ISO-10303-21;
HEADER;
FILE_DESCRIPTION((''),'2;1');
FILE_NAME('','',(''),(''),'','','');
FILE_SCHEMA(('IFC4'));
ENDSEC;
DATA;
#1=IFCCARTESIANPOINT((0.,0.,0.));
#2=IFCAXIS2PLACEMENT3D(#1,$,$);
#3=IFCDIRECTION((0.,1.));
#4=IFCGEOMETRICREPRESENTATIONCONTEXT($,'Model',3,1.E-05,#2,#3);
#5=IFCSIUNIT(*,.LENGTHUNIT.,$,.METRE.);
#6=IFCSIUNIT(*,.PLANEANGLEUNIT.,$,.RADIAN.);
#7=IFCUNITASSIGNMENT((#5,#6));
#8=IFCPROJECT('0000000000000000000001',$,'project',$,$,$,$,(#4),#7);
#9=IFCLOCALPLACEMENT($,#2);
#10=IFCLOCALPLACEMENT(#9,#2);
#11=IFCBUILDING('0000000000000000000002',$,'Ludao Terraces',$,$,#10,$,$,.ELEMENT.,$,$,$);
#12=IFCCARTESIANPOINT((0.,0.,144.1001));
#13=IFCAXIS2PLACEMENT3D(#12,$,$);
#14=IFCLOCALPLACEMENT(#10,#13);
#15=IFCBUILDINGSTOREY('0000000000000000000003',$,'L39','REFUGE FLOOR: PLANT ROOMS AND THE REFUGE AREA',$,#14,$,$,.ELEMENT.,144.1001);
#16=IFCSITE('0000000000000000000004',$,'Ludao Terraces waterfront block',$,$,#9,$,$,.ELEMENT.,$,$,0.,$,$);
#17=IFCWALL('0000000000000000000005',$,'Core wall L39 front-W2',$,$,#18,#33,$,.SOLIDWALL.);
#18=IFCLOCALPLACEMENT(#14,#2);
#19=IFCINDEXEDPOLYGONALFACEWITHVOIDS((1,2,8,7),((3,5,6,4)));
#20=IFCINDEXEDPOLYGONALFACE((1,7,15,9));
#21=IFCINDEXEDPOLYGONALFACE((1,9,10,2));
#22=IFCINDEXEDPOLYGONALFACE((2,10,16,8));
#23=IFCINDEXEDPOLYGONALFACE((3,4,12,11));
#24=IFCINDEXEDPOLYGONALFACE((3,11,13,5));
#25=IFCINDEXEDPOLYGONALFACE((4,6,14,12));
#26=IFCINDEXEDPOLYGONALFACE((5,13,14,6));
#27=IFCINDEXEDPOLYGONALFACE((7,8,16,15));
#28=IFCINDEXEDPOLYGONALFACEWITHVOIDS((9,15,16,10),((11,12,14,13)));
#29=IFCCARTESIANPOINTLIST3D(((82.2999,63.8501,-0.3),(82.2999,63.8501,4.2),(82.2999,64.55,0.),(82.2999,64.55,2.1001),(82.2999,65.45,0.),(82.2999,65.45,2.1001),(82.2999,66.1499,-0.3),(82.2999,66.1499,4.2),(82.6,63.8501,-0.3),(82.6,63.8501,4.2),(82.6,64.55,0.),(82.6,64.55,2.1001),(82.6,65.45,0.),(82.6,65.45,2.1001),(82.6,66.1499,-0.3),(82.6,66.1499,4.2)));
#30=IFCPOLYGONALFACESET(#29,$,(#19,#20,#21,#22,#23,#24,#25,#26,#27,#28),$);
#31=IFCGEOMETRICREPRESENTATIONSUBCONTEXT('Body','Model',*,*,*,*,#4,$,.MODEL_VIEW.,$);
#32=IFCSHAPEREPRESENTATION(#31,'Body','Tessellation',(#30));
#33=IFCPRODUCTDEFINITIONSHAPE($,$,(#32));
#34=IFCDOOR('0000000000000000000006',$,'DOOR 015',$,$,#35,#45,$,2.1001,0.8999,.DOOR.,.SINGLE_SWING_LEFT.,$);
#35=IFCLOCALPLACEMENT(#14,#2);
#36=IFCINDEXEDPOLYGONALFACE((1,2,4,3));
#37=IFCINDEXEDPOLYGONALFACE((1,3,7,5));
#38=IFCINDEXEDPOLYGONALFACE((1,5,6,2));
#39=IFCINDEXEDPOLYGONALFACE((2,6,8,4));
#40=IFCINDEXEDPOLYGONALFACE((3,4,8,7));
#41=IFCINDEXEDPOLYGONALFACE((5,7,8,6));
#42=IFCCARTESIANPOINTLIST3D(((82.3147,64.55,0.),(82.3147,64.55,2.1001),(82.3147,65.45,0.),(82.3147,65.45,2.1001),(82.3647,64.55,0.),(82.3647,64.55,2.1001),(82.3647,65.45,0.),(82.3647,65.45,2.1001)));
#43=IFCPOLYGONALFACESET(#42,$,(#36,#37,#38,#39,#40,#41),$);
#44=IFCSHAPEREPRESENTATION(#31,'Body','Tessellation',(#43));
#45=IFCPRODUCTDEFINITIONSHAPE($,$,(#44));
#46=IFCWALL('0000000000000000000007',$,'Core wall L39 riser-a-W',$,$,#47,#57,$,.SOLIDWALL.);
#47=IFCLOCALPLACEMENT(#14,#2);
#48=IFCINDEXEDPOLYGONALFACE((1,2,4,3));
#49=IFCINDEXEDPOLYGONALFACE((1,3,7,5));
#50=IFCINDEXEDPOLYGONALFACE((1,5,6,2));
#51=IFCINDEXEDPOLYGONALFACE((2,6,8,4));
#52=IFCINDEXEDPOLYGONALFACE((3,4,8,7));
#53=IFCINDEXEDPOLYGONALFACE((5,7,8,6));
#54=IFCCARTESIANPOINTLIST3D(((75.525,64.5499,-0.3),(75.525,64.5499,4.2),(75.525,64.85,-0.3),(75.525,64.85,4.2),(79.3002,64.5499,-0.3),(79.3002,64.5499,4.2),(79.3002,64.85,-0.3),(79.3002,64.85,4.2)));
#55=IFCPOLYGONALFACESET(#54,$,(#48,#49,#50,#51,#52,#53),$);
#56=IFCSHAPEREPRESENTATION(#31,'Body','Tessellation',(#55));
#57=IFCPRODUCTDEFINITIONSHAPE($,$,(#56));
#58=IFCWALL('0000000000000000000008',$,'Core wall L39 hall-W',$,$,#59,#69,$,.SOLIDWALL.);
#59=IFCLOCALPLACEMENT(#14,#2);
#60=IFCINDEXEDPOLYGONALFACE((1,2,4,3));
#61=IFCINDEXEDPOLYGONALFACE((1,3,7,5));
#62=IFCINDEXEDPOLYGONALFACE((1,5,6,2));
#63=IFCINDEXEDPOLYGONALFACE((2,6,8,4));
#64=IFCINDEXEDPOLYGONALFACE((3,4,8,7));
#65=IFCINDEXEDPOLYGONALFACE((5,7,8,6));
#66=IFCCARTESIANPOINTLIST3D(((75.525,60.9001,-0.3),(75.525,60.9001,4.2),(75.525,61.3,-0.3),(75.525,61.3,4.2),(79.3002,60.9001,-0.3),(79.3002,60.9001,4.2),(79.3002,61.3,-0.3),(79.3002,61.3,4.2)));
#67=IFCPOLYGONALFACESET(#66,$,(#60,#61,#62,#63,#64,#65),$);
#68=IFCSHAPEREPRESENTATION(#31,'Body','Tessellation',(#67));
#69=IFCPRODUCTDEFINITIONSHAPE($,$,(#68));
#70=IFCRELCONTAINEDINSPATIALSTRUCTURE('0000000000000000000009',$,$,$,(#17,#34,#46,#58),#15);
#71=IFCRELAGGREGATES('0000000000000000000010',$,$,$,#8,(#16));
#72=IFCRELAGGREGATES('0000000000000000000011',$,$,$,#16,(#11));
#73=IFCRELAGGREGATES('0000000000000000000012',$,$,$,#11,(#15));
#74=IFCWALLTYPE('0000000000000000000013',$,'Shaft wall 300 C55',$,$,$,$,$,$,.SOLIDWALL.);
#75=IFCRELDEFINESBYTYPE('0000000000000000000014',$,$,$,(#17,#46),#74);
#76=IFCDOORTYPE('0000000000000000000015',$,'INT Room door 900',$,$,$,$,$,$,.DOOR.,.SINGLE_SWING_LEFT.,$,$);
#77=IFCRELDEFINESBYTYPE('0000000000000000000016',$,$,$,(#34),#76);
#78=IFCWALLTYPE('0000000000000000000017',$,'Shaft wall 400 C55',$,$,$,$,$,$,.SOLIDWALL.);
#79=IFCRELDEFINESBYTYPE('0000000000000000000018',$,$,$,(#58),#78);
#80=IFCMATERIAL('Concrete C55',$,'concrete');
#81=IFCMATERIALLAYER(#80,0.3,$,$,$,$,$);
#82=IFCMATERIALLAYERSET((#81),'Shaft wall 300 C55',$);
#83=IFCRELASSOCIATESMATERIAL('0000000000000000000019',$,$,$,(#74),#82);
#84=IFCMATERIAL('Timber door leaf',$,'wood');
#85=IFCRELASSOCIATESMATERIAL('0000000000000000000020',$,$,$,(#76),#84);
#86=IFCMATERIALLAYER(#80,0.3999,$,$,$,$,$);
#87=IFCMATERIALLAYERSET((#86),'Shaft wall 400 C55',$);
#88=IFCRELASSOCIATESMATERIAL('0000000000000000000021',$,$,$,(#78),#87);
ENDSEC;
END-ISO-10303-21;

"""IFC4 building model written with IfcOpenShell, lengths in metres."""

from ifc_helpers import new_model, si_unit, direction, frame, frame_2d, origin, place, context, subcontext, project, spatial, rectangle, extrude, material, layer, layer_set, type_object, element, fill, save


model = new_model("IFC4")

# Units and contexts
model_context = context("Model", 3, precision=1e-05, world=origin(), true_north=direction((0.0, 1.0)))
body_context = subcontext(model_context, "Body", "Model", "MODEL_VIEW")
ifc_project = project(units=[si_unit("LENGTHUNIT", "METRE"), si_unit("PLANEANGLEUNIT", "RADIAN")], contexts=[model_context])

# Site, building, storey
site_placement = place(None, origin())
site = spatial("IfcSite", under=ifc_project, at=site_placement, Name="Ludao Terraces waterfront block", CompositionType="ELEMENT", RefElevation=0.0)
building_placement = place(site_placement, origin())
building = spatial("IfcBuilding", under=site, at=building_placement, Name="Ludao Terraces", CompositionType="ELEMENT")
storey_placement = place(building_placement, frame((0.0, 0.0, 144.1001)))
storey = spatial("IfcBuildingStorey", under=building, at=storey_placement, Name="L39", Description="REFUGE FLOOR: PLANT ROOMS AND THE REFUGE AREA", CompositionType="ELEMENT", Elevation=144.1001)

# Shared definitions
ifc_material_1 = material(Name="Timber door leaf", Category="wood")

# Shared definitions
ifc_material_2 = material(Name="Concrete C55", Category="concrete")
ifc_layer_1 = layer(ifc_material_2, 0.3)
ifc_layer_set_1 = layer_set([ifc_layer_1], Name="Shaft wall 300 C55")
wall_type_1 = type_object("IfcWallType", Name="Shaft wall 300 C55", PredefinedType="SOLIDWALL", material=ifc_layer_set_1)

# Shared definitions
door_type_1 = type_object("IfcDoorType", Name="INT Room door 900", OperationType="SINGLE_SWING_LEFT", PredefinedType="DOOR", material=ifc_material_1)

# Wall, opening, door
wall_1_placement = place(storey_placement, frame((82.45, 63.8501, -0.3), z_axis=(0.0, 0.0, 1.0), x_axis=(0.0, 1.0, 0.0)))
wall_1 = element("IfcWall", 1, at=wall_1_placement, inside=storey, type_object=wall_type_1, Name="Core wall L39 front-W2", PredefinedType="SOLIDWALL", context=body_context, shape_type="SweptSolid", body=[
    extrude(rectangle(XDim=2.2998, YDim=0.3, at=frame_2d((1.1499, 0.0))), origin(), (0.0, 0.0, 1.0), 4.5),
])
opening_1_placement = place(wall_1_placement, frame((0.7, 0.0, 0.3)))
opening_1 = element("IfcOpeningElement", 2, at=opening_1_placement, cuts=wall_1, PredefinedType="OPENING", context=body_context, shape_type="SweptSolid", body=[
    extrude(rectangle(XDim=0.8999, YDim=2.1001, at=frame_2d((0.45, 1.05))), frame((0.0, 0.1602, 0.0), z_axis=(0.0, -1.0, 0.0), x_axis=(1.0, 0.0, 0.0)), (0.0, 0.0, 1.0), 0.3201),
])
door_1_placement = place(opening_1_placement, origin())
door_1 = element("IfcDoor", 3, at=door_1_placement, inside=storey, type_object=door_type_1, Name="DOOR 015", OperationType="SINGLE_SWING_LEFT", OverallHeight=2.1001, OverallWidth=0.8999, PredefinedType="DOOR", context=body_context, shape_type="SweptSolid", body=[
    extrude(rectangle(XDim=0.8999, YDim=2.1001, at=frame_2d((0.45, 1.05))), frame((0.0, 0.1353, 0.0), z_axis=(0.0, -1.0, 0.0), x_axis=(1.0, 0.0, 0.0)), (0.0, 0.0, 1.0), 0.05),
])
fill(opening_1, door_1)

# Walls
wall_2_placement = place(storey_placement, frame((75.5249, 64.7, -0.3), z_axis=(0.0, 0.0, 1.0), x_axis=(1.0, 0.0, 0.0)))
element("IfcWall", 4, at=wall_2_placement, inside=storey, type_object=wall_type_1, Name="Core wall L39 riser-a-W", PredefinedType="SOLIDWALL", context=body_context, shape_type="SweptSolid", body=[
    extrude(rectangle(XDim=3.7751, YDim=0.3, at=frame_2d((1.8877, 0.0))), origin(), (0.0, 0.0, 1.0), 4.5),
])
ifc_layer_2 = layer(ifc_material_2, 0.3999)
ifc_layer_set_2 = layer_set([ifc_layer_2], Name="Shaft wall 400 C55")
wall_type_2 = type_object("IfcWallType", Name="Shaft wall 400 C55", PredefinedType="SOLIDWALL", material=ifc_layer_set_2)
wall_3_placement = place(storey_placement, frame((75.5249, 61.1001, -0.3), z_axis=(0.0, 0.0, 1.0), x_axis=(1.0, 0.0, 0.0)))
element("IfcWall", 5, at=wall_3_placement, inside=storey, type_object=wall_type_2, Name="Core wall L39 hall-W", PredefinedType="SOLIDWALL", context=body_context, shape_type="SweptSolid", body=[
    extrude(rectangle(XDim=3.7751, YDim=0.3999, at=frame_2d((1.8877, 0.0))), origin(), (0.0, 0.0, 1.0), 4.5),
])

save(model, "model.ifc")
